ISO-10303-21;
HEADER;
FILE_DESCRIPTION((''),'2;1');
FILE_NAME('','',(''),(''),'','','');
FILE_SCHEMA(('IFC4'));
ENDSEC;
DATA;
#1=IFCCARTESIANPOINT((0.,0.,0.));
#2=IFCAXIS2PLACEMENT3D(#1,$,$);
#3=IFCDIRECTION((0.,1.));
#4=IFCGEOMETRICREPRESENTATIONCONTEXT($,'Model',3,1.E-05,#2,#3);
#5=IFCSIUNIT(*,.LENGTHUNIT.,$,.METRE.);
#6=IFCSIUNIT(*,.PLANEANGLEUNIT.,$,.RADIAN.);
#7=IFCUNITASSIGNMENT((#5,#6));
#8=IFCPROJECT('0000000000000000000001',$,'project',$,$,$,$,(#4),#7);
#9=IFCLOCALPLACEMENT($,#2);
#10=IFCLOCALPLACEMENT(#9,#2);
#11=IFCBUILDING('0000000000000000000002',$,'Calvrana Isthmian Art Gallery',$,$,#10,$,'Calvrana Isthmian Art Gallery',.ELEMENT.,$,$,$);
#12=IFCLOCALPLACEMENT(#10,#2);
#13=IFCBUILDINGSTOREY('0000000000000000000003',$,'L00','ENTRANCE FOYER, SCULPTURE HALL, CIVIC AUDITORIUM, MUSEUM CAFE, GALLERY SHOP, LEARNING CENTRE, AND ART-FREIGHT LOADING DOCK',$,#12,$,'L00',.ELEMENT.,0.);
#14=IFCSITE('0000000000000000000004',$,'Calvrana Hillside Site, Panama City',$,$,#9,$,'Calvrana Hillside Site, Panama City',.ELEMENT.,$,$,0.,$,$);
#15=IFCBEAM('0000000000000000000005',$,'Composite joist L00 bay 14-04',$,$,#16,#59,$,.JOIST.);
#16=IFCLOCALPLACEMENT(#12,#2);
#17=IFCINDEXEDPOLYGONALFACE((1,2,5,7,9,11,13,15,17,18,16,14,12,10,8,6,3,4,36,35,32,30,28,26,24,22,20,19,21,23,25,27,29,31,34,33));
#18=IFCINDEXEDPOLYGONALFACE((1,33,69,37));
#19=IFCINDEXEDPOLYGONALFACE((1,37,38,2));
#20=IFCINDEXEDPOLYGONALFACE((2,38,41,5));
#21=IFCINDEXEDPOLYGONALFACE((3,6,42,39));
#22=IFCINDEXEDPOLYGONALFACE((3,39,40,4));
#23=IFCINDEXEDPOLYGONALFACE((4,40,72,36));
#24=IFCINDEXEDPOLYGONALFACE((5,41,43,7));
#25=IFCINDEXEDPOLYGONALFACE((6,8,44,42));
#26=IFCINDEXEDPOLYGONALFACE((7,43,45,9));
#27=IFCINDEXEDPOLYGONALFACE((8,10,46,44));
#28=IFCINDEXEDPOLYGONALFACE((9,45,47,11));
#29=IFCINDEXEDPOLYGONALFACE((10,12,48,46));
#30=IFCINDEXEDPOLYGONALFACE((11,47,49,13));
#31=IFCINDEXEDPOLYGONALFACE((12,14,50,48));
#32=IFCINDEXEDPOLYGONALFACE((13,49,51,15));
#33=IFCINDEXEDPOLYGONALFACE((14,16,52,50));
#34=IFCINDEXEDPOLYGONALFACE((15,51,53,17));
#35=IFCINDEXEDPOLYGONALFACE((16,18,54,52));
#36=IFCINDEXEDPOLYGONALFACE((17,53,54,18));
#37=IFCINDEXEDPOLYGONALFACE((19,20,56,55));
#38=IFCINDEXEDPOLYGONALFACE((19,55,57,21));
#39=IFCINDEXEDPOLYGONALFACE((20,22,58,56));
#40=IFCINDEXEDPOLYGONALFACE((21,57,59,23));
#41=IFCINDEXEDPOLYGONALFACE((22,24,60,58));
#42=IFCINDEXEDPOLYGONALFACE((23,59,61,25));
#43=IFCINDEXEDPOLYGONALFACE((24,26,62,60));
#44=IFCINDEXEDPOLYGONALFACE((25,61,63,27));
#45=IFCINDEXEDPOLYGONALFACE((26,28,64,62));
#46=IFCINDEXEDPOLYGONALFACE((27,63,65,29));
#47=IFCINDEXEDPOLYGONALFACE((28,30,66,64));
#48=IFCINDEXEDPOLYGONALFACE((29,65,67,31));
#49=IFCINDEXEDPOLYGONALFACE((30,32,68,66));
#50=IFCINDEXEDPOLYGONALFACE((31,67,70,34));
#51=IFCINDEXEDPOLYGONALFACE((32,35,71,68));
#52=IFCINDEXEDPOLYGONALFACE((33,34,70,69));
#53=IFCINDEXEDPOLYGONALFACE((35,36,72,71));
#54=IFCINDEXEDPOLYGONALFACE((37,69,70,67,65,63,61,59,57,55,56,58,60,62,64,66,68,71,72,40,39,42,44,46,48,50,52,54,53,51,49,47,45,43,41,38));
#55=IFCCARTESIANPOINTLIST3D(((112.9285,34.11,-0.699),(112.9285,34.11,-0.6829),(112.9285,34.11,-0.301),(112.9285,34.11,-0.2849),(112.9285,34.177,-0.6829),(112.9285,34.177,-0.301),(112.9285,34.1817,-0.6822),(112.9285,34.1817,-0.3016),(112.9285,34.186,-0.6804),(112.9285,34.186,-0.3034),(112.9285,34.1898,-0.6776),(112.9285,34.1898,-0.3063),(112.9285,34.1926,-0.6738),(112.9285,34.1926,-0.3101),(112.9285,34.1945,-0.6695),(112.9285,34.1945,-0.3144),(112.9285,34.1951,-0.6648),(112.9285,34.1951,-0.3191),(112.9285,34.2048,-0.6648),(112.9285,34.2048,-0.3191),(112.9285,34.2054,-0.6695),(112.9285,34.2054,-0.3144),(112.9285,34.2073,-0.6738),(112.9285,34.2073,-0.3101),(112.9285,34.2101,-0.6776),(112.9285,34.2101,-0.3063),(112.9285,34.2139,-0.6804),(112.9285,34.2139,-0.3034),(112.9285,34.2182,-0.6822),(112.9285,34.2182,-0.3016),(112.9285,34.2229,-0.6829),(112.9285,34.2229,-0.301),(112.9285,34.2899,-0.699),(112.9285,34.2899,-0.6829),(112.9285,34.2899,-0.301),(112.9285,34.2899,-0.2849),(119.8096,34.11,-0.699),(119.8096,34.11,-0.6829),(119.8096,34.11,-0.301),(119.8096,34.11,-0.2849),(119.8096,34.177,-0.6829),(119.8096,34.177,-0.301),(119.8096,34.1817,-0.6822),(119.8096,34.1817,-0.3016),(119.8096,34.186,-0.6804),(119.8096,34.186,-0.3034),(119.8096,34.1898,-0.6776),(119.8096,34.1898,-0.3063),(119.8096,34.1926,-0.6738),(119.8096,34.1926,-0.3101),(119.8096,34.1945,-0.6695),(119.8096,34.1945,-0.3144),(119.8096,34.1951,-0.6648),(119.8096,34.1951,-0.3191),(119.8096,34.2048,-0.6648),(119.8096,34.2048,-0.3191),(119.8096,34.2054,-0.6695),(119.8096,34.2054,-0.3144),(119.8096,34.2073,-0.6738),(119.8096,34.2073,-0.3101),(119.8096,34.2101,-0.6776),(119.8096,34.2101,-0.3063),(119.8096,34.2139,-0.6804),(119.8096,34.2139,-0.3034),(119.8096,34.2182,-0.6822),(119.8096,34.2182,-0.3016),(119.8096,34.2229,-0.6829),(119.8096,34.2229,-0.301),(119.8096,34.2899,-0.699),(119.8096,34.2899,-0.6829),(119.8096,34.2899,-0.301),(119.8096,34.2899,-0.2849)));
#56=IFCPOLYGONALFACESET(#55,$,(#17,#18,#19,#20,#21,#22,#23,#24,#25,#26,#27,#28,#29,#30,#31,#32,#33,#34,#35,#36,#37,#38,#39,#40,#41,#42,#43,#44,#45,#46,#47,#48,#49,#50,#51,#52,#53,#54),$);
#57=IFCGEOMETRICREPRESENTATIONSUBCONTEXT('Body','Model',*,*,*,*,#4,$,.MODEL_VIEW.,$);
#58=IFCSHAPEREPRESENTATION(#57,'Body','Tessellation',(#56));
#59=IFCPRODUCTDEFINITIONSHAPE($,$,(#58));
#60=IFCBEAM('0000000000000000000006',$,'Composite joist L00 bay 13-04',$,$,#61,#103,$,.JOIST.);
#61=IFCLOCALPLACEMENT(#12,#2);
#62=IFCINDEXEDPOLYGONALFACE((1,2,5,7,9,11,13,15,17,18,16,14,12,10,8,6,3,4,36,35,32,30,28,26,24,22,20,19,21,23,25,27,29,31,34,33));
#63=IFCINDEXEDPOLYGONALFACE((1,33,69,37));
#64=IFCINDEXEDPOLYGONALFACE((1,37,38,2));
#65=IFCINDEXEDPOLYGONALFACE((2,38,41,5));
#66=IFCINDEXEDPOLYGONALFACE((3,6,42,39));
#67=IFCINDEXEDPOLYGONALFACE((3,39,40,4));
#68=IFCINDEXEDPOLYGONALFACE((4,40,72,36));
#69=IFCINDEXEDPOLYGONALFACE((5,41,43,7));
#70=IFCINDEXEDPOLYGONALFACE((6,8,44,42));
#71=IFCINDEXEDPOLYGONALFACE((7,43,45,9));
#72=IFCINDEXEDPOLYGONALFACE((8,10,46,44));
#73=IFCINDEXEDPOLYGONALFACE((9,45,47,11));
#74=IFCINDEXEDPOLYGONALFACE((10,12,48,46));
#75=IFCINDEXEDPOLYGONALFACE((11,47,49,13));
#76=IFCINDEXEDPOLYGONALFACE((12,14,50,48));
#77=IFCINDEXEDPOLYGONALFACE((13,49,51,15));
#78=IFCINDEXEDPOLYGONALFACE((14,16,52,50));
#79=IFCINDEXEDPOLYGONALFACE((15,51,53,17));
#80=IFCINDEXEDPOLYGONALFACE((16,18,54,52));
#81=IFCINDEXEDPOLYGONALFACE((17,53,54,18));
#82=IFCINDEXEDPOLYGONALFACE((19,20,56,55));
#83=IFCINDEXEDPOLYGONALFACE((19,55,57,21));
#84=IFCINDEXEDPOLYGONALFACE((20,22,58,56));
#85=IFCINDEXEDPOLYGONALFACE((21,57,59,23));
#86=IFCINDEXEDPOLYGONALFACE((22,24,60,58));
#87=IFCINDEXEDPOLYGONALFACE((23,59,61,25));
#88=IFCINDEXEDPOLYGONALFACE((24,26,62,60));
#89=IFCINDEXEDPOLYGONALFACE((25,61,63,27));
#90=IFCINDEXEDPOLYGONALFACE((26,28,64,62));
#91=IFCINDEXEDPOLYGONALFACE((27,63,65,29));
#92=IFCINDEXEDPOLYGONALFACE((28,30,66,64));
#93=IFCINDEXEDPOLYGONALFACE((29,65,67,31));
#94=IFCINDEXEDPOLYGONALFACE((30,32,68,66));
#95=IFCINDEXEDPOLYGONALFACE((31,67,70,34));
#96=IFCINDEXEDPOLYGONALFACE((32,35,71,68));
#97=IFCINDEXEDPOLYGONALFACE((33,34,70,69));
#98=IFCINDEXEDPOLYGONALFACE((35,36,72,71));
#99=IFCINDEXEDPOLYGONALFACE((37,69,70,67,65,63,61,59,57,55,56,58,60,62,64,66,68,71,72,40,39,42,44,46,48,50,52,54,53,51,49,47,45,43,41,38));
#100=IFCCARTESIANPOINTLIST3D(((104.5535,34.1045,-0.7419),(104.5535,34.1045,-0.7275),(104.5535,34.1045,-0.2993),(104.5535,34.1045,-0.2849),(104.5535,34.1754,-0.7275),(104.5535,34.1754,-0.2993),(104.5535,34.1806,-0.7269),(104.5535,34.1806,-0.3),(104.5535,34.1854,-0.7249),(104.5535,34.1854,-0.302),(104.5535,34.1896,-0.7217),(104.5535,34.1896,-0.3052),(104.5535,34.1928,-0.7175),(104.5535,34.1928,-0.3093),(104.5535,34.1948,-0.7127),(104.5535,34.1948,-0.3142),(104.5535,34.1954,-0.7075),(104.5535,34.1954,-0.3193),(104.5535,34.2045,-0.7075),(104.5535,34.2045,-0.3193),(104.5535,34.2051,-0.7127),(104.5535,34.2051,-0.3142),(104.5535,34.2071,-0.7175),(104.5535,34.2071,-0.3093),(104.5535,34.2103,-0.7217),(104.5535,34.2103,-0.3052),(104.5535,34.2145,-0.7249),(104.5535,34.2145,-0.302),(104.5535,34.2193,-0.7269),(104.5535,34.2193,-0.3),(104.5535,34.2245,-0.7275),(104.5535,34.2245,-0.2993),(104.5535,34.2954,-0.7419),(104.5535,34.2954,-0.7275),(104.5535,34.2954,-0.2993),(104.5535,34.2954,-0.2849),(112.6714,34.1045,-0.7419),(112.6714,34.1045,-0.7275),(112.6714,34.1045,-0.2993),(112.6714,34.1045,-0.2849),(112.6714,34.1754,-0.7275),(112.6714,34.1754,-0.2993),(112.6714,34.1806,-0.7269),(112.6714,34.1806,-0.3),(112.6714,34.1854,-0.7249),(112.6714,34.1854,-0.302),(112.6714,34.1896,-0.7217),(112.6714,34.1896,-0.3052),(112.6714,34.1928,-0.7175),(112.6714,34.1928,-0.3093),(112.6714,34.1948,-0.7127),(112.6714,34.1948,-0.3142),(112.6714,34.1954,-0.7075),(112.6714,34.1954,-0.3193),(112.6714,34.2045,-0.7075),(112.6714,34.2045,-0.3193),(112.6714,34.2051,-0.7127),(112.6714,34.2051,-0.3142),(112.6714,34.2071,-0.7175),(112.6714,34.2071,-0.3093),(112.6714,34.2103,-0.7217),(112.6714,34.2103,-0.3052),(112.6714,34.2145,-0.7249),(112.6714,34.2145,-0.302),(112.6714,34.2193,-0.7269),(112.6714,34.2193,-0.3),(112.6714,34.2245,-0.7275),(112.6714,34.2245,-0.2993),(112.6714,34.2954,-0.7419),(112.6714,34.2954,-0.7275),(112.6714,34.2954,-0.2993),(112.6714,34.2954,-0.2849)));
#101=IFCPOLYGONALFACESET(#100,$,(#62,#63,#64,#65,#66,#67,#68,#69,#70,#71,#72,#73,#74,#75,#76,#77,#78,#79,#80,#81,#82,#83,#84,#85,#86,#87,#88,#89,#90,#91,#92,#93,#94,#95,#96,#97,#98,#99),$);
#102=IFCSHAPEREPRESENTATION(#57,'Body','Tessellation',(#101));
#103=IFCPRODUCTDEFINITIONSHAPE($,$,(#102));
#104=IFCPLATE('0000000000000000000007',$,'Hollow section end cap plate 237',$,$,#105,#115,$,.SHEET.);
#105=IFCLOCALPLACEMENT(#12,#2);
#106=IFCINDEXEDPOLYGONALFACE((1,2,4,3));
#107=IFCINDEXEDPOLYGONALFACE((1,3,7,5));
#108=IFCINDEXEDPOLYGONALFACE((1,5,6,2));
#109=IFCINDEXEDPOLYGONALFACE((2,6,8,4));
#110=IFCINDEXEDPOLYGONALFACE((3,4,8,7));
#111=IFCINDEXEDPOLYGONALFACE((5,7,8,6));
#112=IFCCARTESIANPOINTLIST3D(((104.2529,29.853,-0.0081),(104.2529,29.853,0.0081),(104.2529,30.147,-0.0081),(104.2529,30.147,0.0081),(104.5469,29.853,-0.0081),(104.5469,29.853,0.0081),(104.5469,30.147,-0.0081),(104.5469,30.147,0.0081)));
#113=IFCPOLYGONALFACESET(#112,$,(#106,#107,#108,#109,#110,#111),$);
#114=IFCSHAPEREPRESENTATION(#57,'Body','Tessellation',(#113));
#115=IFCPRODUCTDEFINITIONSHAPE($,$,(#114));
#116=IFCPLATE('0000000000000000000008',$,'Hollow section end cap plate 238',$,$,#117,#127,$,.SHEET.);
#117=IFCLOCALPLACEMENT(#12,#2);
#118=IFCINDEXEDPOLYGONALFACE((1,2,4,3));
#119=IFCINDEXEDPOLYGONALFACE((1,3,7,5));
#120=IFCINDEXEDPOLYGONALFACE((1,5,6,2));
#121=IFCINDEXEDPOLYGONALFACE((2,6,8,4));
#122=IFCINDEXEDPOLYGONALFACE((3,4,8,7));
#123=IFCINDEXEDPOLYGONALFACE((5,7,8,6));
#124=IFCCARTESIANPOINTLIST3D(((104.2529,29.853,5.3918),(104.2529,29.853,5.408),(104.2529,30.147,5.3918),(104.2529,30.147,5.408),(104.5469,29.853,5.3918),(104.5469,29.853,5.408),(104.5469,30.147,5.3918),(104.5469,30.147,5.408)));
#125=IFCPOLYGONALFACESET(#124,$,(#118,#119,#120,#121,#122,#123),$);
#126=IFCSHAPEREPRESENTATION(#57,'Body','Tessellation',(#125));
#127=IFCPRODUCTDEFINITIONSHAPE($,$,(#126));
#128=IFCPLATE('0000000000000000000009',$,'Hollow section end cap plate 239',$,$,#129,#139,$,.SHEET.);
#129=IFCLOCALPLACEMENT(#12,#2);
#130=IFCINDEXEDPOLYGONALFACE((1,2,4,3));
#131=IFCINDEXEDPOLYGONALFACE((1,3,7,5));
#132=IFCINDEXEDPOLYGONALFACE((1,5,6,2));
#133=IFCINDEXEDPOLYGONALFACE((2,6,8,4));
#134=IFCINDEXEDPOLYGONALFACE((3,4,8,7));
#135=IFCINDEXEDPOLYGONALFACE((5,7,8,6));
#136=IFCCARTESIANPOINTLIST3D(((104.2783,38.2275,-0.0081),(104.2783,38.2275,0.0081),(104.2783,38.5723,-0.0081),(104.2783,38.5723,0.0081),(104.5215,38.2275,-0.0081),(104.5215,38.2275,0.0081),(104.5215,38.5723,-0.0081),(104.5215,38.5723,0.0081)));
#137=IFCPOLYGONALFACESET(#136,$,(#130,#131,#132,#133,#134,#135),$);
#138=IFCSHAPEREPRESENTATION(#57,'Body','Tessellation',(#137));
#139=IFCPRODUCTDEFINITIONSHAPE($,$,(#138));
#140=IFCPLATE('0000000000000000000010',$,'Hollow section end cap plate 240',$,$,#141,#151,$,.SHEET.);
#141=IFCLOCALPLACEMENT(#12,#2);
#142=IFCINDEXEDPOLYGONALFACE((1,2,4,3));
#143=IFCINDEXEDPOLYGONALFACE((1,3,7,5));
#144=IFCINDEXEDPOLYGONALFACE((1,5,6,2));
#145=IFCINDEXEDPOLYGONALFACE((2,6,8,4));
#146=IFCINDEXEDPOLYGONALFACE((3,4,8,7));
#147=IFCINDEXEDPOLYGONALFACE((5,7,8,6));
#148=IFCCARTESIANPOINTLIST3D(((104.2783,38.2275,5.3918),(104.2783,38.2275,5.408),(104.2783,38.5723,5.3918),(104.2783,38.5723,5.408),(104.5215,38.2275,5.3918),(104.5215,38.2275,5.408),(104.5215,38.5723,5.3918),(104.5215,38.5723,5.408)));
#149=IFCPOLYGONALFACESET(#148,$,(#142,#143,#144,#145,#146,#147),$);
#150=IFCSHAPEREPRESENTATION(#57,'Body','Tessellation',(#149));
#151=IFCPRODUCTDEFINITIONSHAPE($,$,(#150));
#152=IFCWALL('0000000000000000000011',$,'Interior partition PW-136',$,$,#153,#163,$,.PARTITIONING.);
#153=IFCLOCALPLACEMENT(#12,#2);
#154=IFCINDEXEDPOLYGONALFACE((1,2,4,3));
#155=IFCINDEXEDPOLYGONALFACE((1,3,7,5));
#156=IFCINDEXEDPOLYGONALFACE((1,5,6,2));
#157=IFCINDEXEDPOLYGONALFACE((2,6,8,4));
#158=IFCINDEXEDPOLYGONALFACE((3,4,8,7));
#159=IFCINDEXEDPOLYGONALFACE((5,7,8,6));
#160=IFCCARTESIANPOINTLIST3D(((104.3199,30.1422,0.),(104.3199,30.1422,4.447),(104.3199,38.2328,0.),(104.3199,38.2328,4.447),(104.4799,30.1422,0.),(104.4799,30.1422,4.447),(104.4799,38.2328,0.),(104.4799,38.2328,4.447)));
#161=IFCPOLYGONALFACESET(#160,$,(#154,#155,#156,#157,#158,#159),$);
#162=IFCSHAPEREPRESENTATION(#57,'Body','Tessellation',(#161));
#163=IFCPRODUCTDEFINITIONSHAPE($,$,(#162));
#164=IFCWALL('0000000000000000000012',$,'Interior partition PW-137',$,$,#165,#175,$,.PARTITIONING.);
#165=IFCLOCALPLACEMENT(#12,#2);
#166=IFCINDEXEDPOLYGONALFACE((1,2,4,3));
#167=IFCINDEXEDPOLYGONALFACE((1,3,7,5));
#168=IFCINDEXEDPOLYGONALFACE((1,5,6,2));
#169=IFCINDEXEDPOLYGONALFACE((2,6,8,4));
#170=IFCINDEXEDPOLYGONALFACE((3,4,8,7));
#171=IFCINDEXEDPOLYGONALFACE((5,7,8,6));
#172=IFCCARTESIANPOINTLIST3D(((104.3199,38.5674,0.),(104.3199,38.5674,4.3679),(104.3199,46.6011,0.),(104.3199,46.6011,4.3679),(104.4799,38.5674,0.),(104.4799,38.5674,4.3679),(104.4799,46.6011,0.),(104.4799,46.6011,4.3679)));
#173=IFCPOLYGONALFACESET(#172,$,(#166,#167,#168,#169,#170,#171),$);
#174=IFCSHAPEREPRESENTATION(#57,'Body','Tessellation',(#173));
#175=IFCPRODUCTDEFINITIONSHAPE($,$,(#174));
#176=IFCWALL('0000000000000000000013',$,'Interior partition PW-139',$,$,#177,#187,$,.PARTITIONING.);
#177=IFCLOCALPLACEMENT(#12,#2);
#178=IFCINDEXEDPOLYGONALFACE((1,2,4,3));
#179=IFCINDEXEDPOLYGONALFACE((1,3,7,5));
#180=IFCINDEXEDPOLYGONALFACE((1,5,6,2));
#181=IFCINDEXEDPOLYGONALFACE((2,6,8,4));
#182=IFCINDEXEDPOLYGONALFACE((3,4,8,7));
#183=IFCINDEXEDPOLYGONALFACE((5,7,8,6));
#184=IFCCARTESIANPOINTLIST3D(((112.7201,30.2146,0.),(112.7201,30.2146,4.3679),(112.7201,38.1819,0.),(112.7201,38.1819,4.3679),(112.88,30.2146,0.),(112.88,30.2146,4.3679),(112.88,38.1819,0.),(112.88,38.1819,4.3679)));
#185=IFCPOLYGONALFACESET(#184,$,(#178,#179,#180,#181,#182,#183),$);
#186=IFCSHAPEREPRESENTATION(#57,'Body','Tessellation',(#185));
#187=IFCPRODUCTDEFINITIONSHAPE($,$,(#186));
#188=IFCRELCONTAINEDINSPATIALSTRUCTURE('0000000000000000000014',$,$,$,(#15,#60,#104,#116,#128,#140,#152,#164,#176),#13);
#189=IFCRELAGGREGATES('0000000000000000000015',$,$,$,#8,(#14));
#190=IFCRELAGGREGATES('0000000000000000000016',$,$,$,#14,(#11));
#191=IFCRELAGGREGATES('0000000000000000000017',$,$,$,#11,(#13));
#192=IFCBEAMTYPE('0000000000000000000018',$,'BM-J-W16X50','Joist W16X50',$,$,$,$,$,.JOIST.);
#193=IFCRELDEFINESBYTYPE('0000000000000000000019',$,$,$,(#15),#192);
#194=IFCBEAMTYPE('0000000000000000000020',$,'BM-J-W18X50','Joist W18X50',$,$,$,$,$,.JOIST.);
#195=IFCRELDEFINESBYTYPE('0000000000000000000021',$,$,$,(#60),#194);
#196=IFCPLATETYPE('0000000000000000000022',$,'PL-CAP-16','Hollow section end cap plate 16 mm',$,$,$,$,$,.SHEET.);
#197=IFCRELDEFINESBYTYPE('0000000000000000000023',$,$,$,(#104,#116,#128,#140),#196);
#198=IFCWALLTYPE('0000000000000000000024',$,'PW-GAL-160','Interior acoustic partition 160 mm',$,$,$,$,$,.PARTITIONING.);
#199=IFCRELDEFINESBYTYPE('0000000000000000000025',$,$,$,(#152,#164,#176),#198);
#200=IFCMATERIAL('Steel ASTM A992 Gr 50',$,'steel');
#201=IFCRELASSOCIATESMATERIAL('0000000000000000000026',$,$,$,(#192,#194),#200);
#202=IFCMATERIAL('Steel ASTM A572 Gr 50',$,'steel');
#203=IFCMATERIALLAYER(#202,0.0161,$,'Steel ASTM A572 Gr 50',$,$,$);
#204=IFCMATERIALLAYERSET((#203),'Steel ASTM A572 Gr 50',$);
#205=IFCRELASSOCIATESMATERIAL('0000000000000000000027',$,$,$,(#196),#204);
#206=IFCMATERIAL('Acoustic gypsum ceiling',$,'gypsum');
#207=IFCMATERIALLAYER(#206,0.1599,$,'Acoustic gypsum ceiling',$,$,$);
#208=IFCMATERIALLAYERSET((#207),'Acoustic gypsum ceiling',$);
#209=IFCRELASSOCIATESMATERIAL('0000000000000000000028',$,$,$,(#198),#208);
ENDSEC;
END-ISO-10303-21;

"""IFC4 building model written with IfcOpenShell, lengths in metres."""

from ifc_helpers import new_model, si_unit, direction, frame, frame_2d, origin, origin_2d, place, context, subcontext, project, spatial, rectangle, i_section, extrude, material, layer, layer_set, material_profile, profile_set, type_object, element, save


model = new_model("IFC4")

# Units and contexts
model_context = context("Model", 3, precision=1e-05, world=origin(), true_north=direction((0.0, 1.0)))
body_context = subcontext(model_context, "Body", "Model", "MODEL_VIEW")
ifc_project = project(units=[si_unit("LENGTHUNIT", "METRE"), si_unit("PLANEANGLEUNIT", "RADIAN")], contexts=[model_context])

# Site, building, storey
site_placement = place(None, origin())
site = spatial("IfcSite", under=ifc_project, at=site_placement, Name="Calvrana Hillside Site, Panama City", LongName="Calvrana Hillside Site, Panama City", CompositionType="ELEMENT", RefElevation=0.0)
building_placement = place(site_placement, origin())
building = spatial("IfcBuilding", under=site, at=building_placement, Name="Calvrana Isthmian Art Gallery", LongName="Calvrana Isthmian Art Gallery", CompositionType="ELEMENT")
storey_placement = place(building_placement, origin())
storey = spatial("IfcBuildingStorey", under=building, at=storey_placement, Name="L00", Description="ENTRANCE FOYER, SCULPTURE HALL, CIVIC AUDITORIUM, MUSEUM CAFE, GALLERY SHOP, LEARNING CENTRE, AND ART-FREIGHT LOADING DOCK", LongName="L00", CompositionType="ELEMENT", Elevation=0.0)

# Shared definitions
ifc_material_1 = material(Name="Steel ASTM A992 Gr 50", Category="steel")

# Beams
ifc_material_profile_1 = material_profile(ifc_material_1, i_section(OverallWidth=0.1799, OverallDepth=0.4141, WebThickness=0.0098, FlangeThickness=0.0161, FilletRadius=0.0181, at=origin_2d()), Name="W16X50")
ifc_profile_set_1 = profile_set([ifc_material_profile_1], Name="Steel ASTM A992 Gr 50")
beam_type_1 = type_object("IfcBeamType", Name="BM-J-W16X50", Description="Joist W16X50", PredefinedType="JOIST", material=ifc_profile_set_1)
beam_1_placement = place(storey_placement, frame((112.9285, 34.2, -0.4919), z_axis=(1.0, 0.0, 0.0), x_axis=(0.0, 1.0, 0.0)))
element("IfcBeam", 1, at=beam_1_placement, inside=storey, type_object=beam_type_1, Name="Composite joist L00 bay 14-04", PredefinedType="JOIST", context=body_context, shape_type="SweptSolid", body=[
    extrude(i_section(OverallWidth=0.1799, OverallDepth=0.4141, WebThickness=0.0098, FlangeThickness=0.0161, FilletRadius=0.0181, at=origin_2d()), origin(), (0.0, 0.0, 1.0), 6.8811),
])
ifc_material_profile_2 = material_profile(ifc_material_1, i_section(OverallWidth=0.1909, OverallDepth=0.457, WebThickness=0.009, FlangeThickness=0.0144, FilletRadius=0.02, at=origin_2d()), Name="W18X50")
ifc_profile_set_2 = profile_set([ifc_material_profile_2], Name="Steel ASTM A992 Gr 50")
beam_type_2 = type_object("IfcBeamType", Name="BM-J-W18X50", Description="Joist W18X50", PredefinedType="JOIST", material=ifc_profile_set_2)
beam_2_placement = place(storey_placement, frame((104.5535, 34.2, -0.5134), z_axis=(1.0, 0.0, 0.0), x_axis=(0.0, 1.0, 0.0)))
element("IfcBeam", 2, at=beam_2_placement, inside=storey, type_object=beam_type_2, Name="Composite joist L00 bay 13-04", PredefinedType="JOIST", context=body_context, shape_type="SweptSolid", body=[
    extrude(i_section(OverallWidth=0.1909, OverallDepth=0.457, WebThickness=0.009, FlangeThickness=0.0144, FilletRadius=0.02, at=origin_2d()), origin(), (0.0, 0.0, 1.0), 8.1179),
])

# Plates
ifc_material_2 = material(Name="Steel ASTM A572 Gr 50", Category="steel")
ifc_layer_1 = layer(ifc_material_2, 0.0161, Name="Steel ASTM A572 Gr 50")
ifc_layer_set_1 = layer_set([ifc_layer_1], Name="Steel ASTM A572 Gr 50")
plate_type = type_object("IfcPlateType", Name="PL-CAP-16", Description="Hollow section end cap plate 16 mm", PredefinedType="SHEET", material=ifc_layer_set_1)
for number, where, z_axis, x_axis, name in (
    (3, (104.3999, 30.0, -0.0081), (0.0, 0.0, 1.0), (1.0, 0.0, 0.0), "Hollow section end cap plate 237"),
    (4, (104.3999, 30.0, 5.3918), (0.0, 0.0, 1.0), (1.0, 0.0, 0.0), "Hollow section end cap plate 238"),
):
    element("IfcPlate", number, at=place(storey_placement, frame(where, z_axis=z_axis, x_axis=x_axis)), inside=storey, type_object=plate_type, Name=name, PredefinedType="SHEET", context=body_context, shape_type="SweptSolid", body=[
        extrude(rectangle(XDim=0.2939, YDim=0.2939, at=origin_2d()), origin(), (0.0, 0.0, 1.0), 0.0161),
    ])
for number, where, z_axis, x_axis, name in (
    (5, (104.3999, 38.3999, -0.0081), (0.0, 0.0, 1.0), (1.0, 0.0, 0.0), "Hollow section end cap plate 239"),
    (6, (104.3999, 38.3999, 5.3918), (0.0, 0.0, 1.0), (1.0, 0.0, 0.0), "Hollow section end cap plate 240"),
):
    element("IfcPlate", number, at=place(storey_placement, frame(where, z_axis=z_axis, x_axis=x_axis)), inside=storey, type_object=plate_type, Name=name, PredefinedType="SHEET", context=body_context, shape_type="SweptSolid", body=[
        extrude(rectangle(XDim=0.2432, YDim=0.3447, at=origin_2d()), origin(), (0.0, 0.0, 1.0), 0.0161),
    ])

# Walls
ifc_material_3 = material(Name="Acoustic gypsum ceiling", Category="gypsum")
ifc_layer_2 = layer(ifc_material_3, 0.1599, Name="Acoustic gypsum ceiling")
ifc_layer_set_2 = layer_set([ifc_layer_2], Name="Acoustic gypsum ceiling")
wall_type = type_object("IfcWallType", Name="PW-GAL-160", Description="Interior acoustic partition 160 mm", PredefinedType="PARTITIONING", material=ifc_layer_set_2)
wall_1_placement = place(storey_placement, frame((104.3999, 30.1421, 0.0), z_axis=(0.0, 0.0, 1.0), x_axis=(0.0, 1.0, 0.0)))
element("IfcWall", 7, at=wall_1_placement, inside=storey, type_object=wall_type, Name="Interior partition PW-136", PredefinedType="PARTITIONING", context=body_context, shape_type="SweptSolid", body=[
    extrude(rectangle(XDim=8.0906, YDim=0.1599, at=frame_2d((4.0454, 0.0))), origin(), (0.0, 0.0, 1.0), 4.447),
])
wall_2_placement = place(storey_placement, frame((104.3999, 38.5674, 0.0), z_axis=(0.0, 0.0, 1.0), x_axis=(0.0, 1.0, 0.0)))
element("IfcWall", 8, at=wall_2_placement, inside=storey, type_object=wall_type, Name="Interior partition PW-137", PredefinedType="PARTITIONING", context=body_context, shape_type="SweptSolid", body=[
    extrude(rectangle(XDim=8.0337, YDim=0.1599, at=frame_2d((4.0168, 0.0))), origin(), (0.0, 0.0, 1.0), 4.3679),
])
wall_3_placement = place(storey_placement, frame((112.8, 30.2146, 0.0), z_axis=(0.0, 0.0, 1.0), x_axis=(0.0, 1.0, 0.0)))
element("IfcWall", 9, at=wall_3_placement, inside=storey, type_object=wall_type, Name="Interior partition PW-139", PredefinedType="PARTITIONING", context=body_context, shape_type="SweptSolid", body=[
    extrude(rectangle(XDim=7.9673, YDim=0.1599, at=frame_2d((3.9836, 0.0))), origin(), (0.0, 0.0, 1.0), 4.3679),
])

save(model, "model.ifc")
